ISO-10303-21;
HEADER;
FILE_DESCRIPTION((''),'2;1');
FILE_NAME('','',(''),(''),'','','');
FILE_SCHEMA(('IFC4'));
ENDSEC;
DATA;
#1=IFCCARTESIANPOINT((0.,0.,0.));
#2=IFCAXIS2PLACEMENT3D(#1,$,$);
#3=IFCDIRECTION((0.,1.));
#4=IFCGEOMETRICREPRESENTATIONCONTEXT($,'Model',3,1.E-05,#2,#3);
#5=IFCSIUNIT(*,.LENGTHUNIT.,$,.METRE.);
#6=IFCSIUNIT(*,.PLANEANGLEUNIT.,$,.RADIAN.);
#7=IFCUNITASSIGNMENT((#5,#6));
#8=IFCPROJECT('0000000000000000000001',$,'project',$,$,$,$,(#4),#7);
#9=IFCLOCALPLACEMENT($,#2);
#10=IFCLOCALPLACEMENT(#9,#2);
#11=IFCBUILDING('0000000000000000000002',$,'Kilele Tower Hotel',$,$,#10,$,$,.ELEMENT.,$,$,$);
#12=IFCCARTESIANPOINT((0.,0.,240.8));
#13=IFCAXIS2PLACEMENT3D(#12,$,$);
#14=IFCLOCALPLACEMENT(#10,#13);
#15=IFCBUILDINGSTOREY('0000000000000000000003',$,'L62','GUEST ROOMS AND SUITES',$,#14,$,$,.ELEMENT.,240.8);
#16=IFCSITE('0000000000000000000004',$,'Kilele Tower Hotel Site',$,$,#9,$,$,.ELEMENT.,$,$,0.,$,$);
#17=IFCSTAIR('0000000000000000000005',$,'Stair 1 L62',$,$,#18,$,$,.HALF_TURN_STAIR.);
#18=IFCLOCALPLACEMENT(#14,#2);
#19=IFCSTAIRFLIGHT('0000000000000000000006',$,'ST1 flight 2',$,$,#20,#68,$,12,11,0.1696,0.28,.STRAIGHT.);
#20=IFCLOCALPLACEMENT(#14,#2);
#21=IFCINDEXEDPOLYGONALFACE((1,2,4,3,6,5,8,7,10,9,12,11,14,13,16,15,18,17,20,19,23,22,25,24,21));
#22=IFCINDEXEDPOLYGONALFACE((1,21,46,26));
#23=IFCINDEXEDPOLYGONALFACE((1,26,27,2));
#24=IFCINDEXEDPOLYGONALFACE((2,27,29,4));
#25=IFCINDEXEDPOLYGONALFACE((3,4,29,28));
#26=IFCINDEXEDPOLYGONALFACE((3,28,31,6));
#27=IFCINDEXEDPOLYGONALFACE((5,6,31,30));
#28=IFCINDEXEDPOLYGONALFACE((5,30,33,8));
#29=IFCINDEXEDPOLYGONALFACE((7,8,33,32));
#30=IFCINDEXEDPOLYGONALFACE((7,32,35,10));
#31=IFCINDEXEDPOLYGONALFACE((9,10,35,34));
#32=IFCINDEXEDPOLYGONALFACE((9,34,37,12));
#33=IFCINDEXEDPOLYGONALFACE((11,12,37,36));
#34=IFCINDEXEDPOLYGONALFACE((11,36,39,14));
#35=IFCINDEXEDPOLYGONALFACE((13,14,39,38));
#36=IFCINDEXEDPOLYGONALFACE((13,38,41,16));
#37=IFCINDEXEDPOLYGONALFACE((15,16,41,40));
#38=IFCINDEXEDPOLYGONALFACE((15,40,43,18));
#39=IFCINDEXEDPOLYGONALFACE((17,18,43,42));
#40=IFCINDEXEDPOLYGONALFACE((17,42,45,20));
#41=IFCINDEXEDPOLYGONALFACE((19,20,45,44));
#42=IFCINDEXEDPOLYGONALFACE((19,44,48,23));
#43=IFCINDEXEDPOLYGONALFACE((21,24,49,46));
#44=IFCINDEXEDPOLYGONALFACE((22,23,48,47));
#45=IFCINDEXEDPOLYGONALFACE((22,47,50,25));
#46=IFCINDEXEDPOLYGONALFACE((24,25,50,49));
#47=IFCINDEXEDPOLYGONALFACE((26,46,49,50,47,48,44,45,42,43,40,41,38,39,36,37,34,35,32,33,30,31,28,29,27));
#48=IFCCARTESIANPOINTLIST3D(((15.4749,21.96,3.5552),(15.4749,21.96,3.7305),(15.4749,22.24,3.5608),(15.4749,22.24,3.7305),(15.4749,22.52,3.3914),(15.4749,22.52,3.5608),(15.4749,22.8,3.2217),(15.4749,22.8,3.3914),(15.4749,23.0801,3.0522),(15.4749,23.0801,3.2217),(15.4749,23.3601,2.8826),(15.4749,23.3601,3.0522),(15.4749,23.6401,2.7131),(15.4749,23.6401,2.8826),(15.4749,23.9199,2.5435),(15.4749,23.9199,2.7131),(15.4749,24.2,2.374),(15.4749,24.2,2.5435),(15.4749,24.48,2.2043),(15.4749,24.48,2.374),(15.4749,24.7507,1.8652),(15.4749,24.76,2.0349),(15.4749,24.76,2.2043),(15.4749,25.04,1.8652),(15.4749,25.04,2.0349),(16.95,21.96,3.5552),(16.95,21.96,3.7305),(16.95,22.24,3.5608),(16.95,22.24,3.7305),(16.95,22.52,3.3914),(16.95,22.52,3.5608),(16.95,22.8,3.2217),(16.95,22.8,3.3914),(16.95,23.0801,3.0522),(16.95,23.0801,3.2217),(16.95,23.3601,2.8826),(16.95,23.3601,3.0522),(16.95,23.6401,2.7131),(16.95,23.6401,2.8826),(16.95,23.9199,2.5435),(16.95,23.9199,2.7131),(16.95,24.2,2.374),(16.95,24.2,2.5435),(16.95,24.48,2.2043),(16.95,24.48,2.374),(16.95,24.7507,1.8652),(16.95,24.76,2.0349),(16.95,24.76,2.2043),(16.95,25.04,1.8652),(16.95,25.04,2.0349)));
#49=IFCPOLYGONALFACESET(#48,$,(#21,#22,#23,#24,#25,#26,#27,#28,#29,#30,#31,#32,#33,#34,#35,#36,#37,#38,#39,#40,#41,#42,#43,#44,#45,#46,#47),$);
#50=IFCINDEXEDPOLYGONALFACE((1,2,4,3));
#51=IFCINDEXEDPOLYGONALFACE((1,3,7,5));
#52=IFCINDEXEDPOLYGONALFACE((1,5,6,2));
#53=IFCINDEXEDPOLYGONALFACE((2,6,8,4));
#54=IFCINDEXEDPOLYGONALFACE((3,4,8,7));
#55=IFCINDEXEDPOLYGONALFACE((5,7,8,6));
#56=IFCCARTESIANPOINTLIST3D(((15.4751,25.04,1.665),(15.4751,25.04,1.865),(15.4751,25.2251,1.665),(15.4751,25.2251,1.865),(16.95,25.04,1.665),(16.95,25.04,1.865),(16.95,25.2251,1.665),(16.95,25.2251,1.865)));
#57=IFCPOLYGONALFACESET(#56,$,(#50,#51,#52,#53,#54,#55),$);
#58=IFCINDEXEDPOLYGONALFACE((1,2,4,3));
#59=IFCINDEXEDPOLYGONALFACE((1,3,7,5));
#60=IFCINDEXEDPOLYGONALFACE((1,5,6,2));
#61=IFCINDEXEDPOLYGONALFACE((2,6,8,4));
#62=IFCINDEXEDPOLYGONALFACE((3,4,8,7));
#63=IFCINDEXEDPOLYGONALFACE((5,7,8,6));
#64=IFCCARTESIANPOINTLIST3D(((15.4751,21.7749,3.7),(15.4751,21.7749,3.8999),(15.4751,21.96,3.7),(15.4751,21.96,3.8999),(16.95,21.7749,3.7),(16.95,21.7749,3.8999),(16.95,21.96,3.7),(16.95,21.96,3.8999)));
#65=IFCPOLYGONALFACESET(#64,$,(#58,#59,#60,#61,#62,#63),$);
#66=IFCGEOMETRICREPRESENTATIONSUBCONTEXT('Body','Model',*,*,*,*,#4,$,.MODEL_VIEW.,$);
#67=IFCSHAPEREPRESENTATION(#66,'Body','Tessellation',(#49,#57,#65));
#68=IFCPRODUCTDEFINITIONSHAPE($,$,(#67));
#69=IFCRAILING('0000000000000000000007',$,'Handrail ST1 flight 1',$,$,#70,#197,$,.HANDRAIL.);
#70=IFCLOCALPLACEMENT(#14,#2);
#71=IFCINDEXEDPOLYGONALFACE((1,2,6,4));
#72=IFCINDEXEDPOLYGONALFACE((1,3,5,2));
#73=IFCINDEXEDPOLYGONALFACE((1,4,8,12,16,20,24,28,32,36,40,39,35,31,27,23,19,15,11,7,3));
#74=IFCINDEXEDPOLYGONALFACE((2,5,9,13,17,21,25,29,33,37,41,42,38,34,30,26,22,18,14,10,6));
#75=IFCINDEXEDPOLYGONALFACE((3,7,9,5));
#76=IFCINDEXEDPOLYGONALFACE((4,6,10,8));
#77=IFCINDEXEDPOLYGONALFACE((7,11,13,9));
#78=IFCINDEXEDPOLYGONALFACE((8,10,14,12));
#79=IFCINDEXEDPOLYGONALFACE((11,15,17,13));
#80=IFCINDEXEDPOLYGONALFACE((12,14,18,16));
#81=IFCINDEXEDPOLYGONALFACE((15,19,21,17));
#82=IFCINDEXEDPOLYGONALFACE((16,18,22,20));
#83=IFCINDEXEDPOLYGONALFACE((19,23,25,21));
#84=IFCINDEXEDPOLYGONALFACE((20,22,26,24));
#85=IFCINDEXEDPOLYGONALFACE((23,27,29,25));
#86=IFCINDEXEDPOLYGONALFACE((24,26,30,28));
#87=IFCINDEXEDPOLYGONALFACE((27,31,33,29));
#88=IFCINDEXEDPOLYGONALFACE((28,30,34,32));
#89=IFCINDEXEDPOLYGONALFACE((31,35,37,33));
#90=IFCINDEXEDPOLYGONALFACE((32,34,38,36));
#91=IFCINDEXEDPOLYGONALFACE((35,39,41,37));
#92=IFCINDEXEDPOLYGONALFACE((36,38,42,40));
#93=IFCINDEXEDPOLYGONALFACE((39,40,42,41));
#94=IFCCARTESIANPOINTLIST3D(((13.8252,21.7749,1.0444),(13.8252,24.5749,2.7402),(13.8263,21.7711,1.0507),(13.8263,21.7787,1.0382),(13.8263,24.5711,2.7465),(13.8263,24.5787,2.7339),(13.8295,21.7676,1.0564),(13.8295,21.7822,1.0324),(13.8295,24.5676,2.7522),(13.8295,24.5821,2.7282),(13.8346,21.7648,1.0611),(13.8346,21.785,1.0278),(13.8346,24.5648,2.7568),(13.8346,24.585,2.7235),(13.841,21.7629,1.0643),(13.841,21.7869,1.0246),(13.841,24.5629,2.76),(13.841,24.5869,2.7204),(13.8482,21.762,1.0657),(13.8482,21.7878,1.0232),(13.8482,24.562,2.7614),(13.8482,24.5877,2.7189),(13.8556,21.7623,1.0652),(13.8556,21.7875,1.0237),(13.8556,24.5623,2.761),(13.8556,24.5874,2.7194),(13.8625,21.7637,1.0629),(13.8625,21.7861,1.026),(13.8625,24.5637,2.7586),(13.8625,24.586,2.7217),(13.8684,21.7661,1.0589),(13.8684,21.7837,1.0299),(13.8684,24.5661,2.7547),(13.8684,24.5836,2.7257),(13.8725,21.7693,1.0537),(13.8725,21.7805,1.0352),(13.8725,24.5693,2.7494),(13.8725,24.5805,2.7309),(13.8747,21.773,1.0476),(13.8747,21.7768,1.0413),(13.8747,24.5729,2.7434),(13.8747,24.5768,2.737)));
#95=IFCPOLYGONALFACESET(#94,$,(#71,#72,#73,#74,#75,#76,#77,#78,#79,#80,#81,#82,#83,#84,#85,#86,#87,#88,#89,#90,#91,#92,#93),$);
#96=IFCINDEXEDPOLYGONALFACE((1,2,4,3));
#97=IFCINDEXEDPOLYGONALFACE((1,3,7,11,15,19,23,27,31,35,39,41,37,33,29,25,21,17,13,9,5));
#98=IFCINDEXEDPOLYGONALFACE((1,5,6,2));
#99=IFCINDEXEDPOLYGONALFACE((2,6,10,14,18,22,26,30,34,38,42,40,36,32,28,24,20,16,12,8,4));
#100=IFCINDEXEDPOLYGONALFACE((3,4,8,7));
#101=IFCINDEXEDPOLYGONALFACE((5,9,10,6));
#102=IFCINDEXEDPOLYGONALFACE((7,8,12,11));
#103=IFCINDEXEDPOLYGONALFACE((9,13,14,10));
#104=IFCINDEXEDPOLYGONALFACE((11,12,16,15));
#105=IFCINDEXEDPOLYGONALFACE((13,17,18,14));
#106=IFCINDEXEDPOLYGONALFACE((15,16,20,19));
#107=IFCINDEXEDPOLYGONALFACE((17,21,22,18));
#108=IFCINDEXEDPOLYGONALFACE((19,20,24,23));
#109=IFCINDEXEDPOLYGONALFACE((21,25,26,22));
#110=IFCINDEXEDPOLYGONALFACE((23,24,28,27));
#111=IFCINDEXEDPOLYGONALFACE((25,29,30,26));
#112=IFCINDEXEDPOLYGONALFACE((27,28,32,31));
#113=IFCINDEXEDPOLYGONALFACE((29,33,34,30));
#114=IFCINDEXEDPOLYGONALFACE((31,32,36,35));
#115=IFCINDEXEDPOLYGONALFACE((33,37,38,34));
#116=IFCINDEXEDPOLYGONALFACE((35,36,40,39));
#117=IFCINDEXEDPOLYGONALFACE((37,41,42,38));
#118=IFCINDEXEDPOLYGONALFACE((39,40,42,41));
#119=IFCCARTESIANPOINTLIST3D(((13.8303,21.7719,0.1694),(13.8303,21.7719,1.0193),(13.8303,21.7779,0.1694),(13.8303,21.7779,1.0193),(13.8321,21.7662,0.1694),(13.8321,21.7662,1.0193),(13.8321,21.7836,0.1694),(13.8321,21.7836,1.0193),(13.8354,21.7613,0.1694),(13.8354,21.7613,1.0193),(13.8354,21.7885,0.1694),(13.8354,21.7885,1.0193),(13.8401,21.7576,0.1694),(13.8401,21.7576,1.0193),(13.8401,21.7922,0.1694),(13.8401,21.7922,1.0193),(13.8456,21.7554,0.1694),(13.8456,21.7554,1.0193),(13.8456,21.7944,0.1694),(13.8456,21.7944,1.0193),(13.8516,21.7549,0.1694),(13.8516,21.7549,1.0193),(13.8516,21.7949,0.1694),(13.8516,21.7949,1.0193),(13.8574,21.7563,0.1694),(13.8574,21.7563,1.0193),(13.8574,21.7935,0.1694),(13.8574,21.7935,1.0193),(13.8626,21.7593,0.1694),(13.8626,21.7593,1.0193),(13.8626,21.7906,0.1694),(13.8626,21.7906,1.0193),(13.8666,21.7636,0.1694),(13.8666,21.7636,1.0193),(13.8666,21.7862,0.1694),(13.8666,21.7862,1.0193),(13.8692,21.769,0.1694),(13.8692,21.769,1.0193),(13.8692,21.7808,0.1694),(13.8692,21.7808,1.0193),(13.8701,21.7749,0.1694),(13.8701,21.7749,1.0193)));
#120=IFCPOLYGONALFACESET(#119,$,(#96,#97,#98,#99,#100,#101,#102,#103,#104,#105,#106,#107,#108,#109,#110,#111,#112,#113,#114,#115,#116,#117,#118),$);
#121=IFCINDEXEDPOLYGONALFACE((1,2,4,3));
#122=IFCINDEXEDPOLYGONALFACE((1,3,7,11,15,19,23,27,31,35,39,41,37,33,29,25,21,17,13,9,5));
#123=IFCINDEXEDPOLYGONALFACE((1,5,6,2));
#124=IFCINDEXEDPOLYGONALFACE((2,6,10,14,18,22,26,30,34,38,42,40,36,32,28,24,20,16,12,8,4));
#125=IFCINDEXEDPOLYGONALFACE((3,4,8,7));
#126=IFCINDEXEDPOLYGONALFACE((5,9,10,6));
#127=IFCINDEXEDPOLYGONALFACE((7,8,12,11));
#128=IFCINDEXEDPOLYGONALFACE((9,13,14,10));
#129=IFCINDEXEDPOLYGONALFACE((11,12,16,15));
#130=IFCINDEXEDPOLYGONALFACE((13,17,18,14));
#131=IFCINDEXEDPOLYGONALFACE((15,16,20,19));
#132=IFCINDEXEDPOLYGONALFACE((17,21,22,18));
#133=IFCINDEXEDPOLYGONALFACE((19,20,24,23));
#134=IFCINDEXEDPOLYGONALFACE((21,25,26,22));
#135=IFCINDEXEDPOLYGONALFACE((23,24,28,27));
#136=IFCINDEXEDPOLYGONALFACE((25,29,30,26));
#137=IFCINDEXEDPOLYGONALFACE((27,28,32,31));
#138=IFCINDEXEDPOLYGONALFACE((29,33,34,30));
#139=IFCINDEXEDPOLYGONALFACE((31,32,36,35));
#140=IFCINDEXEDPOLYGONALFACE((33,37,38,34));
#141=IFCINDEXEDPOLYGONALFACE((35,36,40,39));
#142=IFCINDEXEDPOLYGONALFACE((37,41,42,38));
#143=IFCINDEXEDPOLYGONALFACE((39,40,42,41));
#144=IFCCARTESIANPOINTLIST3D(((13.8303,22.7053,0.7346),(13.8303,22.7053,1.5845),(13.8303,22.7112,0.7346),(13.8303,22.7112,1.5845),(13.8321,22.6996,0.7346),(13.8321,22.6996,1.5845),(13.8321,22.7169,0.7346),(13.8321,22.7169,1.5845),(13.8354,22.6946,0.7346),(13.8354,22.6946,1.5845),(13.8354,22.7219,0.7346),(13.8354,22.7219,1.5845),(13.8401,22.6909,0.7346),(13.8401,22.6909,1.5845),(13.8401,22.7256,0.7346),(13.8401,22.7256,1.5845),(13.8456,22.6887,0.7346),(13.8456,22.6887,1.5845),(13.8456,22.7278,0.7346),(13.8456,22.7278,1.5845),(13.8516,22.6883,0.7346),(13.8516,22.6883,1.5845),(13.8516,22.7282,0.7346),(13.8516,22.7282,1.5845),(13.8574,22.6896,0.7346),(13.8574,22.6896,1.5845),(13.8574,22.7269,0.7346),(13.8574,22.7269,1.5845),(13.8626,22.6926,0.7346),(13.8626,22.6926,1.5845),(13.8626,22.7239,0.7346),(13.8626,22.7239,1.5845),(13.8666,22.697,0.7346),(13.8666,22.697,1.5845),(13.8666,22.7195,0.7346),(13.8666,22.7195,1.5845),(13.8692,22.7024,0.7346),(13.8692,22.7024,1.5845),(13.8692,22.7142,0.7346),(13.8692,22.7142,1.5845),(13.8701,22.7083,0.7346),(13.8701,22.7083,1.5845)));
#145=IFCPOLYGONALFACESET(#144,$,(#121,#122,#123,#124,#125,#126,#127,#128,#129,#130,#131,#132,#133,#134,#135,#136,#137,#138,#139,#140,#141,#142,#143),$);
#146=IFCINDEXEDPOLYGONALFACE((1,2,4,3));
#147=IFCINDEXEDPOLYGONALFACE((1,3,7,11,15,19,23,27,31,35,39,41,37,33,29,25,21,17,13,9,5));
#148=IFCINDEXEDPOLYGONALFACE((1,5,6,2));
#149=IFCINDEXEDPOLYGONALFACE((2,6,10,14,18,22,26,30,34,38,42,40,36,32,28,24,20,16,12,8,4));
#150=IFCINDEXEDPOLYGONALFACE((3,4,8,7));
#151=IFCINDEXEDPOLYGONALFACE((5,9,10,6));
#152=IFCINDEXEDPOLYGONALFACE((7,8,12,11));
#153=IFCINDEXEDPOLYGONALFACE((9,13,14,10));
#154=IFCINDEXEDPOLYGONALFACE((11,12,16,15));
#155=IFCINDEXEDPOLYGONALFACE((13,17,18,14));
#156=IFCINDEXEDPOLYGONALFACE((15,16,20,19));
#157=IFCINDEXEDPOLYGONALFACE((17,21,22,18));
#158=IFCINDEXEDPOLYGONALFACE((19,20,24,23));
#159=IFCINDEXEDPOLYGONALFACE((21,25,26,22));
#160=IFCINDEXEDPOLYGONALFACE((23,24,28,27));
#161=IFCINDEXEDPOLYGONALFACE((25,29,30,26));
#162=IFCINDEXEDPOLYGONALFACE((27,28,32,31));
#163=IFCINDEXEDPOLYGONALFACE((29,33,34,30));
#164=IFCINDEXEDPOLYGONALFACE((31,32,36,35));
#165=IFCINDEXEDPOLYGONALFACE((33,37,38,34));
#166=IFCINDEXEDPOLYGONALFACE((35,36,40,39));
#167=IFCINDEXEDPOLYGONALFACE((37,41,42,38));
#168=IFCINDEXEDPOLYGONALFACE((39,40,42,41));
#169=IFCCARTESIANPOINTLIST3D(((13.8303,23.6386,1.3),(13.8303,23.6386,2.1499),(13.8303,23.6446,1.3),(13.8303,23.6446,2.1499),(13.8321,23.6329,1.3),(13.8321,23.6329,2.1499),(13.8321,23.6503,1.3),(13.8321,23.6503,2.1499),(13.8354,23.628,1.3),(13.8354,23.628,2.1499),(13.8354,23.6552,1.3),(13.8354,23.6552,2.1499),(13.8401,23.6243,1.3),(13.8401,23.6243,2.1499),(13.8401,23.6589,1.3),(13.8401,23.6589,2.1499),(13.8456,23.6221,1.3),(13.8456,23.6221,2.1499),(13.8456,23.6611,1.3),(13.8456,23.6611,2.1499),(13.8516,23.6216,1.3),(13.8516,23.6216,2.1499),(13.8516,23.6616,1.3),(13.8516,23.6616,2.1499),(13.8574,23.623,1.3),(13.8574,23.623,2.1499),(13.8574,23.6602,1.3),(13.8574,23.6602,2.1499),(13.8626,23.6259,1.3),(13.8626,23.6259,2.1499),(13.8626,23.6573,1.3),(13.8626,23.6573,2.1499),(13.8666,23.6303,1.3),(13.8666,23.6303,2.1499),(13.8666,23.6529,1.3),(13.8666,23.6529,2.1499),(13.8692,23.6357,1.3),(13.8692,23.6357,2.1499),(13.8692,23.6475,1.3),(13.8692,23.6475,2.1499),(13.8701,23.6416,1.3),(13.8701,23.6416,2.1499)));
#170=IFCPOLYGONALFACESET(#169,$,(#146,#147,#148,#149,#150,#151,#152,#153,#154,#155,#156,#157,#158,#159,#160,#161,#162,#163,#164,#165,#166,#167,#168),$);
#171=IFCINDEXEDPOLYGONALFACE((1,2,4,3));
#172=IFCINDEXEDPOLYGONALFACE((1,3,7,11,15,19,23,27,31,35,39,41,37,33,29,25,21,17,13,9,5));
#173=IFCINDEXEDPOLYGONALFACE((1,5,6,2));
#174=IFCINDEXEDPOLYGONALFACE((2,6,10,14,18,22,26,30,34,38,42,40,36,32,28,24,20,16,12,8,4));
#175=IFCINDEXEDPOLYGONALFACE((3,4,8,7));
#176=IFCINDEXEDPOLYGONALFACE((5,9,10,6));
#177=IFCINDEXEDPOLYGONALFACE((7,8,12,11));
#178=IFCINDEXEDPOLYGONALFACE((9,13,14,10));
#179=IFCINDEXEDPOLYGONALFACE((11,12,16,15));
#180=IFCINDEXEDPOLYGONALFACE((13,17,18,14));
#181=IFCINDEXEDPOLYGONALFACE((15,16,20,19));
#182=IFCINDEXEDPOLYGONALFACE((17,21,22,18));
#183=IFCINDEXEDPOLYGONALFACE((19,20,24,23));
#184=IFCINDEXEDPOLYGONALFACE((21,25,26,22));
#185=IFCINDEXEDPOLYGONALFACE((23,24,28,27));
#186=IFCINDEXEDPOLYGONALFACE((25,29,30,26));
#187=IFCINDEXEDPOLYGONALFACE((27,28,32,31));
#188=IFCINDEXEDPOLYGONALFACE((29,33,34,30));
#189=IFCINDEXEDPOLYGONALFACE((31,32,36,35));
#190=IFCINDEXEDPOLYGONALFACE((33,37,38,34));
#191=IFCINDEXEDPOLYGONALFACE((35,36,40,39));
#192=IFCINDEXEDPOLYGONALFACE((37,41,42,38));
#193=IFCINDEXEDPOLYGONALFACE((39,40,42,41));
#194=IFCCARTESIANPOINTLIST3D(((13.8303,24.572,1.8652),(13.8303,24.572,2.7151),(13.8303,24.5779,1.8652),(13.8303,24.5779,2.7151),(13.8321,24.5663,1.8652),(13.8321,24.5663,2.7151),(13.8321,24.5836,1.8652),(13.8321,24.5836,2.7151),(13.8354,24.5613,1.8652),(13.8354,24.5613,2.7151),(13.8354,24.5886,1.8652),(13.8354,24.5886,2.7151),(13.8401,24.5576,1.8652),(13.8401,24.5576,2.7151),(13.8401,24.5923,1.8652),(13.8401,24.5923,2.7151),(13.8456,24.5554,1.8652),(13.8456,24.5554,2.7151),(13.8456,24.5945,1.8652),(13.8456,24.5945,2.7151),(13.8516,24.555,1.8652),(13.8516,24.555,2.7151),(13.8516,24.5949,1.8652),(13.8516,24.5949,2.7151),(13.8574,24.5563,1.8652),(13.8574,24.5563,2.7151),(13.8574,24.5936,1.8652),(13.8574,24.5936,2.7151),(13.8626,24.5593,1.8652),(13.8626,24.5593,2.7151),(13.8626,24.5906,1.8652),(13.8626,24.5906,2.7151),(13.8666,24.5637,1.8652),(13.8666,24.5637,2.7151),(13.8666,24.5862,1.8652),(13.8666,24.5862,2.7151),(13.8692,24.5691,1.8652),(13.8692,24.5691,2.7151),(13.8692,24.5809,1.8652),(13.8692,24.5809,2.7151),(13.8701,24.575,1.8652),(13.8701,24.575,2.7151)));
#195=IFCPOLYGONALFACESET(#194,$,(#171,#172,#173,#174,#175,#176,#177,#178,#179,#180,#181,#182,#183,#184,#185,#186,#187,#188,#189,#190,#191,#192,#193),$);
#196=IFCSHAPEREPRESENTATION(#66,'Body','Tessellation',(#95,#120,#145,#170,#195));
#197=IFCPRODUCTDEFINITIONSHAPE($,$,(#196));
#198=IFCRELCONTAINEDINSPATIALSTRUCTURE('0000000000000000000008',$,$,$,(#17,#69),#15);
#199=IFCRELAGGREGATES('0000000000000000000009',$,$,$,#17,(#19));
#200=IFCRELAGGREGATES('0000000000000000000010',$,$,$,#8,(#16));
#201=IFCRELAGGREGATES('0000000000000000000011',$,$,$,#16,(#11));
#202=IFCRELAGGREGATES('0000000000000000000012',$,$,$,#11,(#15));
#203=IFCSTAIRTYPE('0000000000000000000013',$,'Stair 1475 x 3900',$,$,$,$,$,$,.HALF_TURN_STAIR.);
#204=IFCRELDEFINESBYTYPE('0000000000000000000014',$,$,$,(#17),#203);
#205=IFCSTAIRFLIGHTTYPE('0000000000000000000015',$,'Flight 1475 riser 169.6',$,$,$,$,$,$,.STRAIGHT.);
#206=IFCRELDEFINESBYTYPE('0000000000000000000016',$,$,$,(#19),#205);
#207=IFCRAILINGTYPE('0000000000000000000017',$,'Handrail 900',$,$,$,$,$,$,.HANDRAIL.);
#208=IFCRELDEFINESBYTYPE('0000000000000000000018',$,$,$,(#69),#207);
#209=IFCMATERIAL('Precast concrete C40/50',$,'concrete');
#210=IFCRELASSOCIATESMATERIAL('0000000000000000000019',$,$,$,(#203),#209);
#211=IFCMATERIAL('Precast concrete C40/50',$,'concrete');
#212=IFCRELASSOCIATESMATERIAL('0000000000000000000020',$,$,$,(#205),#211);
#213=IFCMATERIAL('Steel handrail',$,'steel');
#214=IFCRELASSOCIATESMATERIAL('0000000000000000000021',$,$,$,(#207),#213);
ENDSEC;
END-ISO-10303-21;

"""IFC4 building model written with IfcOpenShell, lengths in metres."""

from ifc_helpers import new_model, si_unit, direction, frame, origin, origin_2d, place, context, subcontext, project, spatial, polyline, circle, outline, extrude, material, type_object, element, aggregate, save


model = new_model("IFC4")

# Units and contexts
model_context = context("Model", 3, precision=1e-05, world=origin(), true_north=direction((0.0, 1.0)))
body_context = subcontext(model_context, "Body", "Model", "MODEL_VIEW")
ifc_project = project(units=[si_unit("LENGTHUNIT", "METRE"), si_unit("PLANEANGLEUNIT", "RADIAN")], contexts=[model_context])

# Site, building, storey
site_placement = place(None, origin())
site = spatial("IfcSite", under=ifc_project, at=site_placement, Name="Kilele Tower Hotel Site", CompositionType="ELEMENT", RefElevation=0.0)
building_placement = place(site_placement, origin())
building = spatial("IfcBuilding", under=site, at=building_placement, Name="Kilele Tower Hotel", CompositionType="ELEMENT")
storey_placement = place(building_placement, frame((0.0, 0.0, 240.8)))
storey = spatial("IfcBuildingStorey", under=building, at=storey_placement, Name="L62", Description="GUEST ROOMS AND SUITES", CompositionType="ELEMENT", Elevation=240.8)

# Stair, stair flight
ifc_material_1 = material(Name="Precast concrete C40/50", Category="concrete")
stair_type = type_object("IfcStairType", Name="Stair 1475 x 3900", PredefinedType="HALF_TURN_STAIR", material=ifc_material_1)
stair_placement = place(storey_placement, origin())
stair = element("IfcStair", 1, at=stair_placement, inside=storey, type_object=stair_type, Name="Stair 1 L62", PredefinedType="HALF_TURN_STAIR")
ifc_material_2 = material(Name="Precast concrete C40/50", Category="concrete")
stair_flight_type = type_object("IfcStairFlightType", Name="Flight 1475 riser 169.6", PredefinedType="STRAIGHT", material=ifc_material_2)
stair_flight_1_placement = place(storey_placement, frame((16.2124, 25.04, 1.8652), z_axis=(0.0, 0.0, 1.0), x_axis=(0.0, -1.0, 0.0)))
stair_flight_1 = element("IfcStairFlight", 2, at=stair_flight_1_placement, type_object=stair_flight_type, Name="ST1 flight 2", NumberOfRisers=12, NumberOfTreads=11, PredefinedType="STRAIGHT", RiserHeight=0.1696, TreadLength=0.28, context=body_context, shape_type="SweptSolid", body=[
    extrude(outline(polyline([(0.0, 0.0), (0.0, 0.1697), (0.28, 0.1697), (0.28, 0.3391), (0.5601, 0.3391), (0.5601, 0.5088), (0.8401, 0.5088), (0.8401, 0.6782), (1.1201, 0.6782), (1.1201, 0.8479), (1.3999, 0.8479), (1.3999, 1.0173), (1.6799, 1.0173), (1.6799, 1.187), (1.96, 1.187), (1.96, 1.3564), (2.24, 1.3564), (2.24, 1.5261), (2.52, 1.5261), (2.52, 1.6956), (2.8, 1.6956), (2.8, 1.8652), (3.0801, 1.8652), (3.0801, 2.0347), (3.0801, 1.6899), (0.2893, 0.0), (0.0, 0.0)])), frame((0.0, 0.7375, 0.0), z_axis=(0.0, -1.0, 0.0), x_axis=(1.0, 0.0, 0.0)), (0.0, 0.0, 1.0), 1.4751),
    extrude(outline(polyline([(0.0, -0.7373), (0.0, 0.7375), (-0.1851, 0.7375), (-0.1851, -0.7373), (0.0, -0.7373)])), frame((0.0, 0.0, -0.2002)), (0.0, 0.0, 1.0), 0.2),
    extrude(outline(polyline([(3.2651, -0.7373), (3.2651, 0.7375), (3.0801, 0.7375), (3.0801, -0.7373), (3.2651, -0.7373)])), frame((0.0, 0.0, 1.8347)), (0.0, 0.0, 1.0), 0.2),
])
aggregate(stair, [stair_flight_1])

# Railing
ifc_material_3 = material(Name="Steel handrail", Category="steel")
railing_type_1 = type_object("IfcRailingType", Name="Handrail 900", PredefinedType="HANDRAIL", material=ifc_material_3)
for number, where, name in (
    (3, (13.8501, 21.7749, 0.1694), "Handrail ST1 flight 1"),
):
    element("IfcRailing", number, at=place(storey_placement, frame(where)), inside=storey, type_object=railing_type_1, Name=name, PredefinedType="HANDRAIL", context=body_context, shape_type="SweptSolid", body=[
        extrude(circle(Radius=0.0249, at=origin_2d()), frame((0.0, 0.0, 0.875), z_axis=(0.0, 0.85536, 0.518034), x_axis=(-1.0, 0.0, 0.0)), (0.0, 0.0, 1.0), 3.2734),
        extrude(circle(Radius=0.02, at=origin_2d()), origin(), (0.0, 0.0, 1.0), 0.8499),
        extrude(circle(Radius=0.02, at=origin_2d()), frame((0.0, 0.9333, 0.5652)), (0.0, 0.0, 1.0), 0.8499),
        extrude(circle(Radius=0.02, at=origin_2d()), frame((0.0, 1.8667, 1.1306)), (0.0, 0.0, 1.0), 0.8499),
        extrude(circle(Radius=0.02, at=origin_2d()), frame((0.0, 2.8, 1.6958)), (0.0, 0.0, 1.0), 0.8499),
    ])

save(model, "model.ifc")
